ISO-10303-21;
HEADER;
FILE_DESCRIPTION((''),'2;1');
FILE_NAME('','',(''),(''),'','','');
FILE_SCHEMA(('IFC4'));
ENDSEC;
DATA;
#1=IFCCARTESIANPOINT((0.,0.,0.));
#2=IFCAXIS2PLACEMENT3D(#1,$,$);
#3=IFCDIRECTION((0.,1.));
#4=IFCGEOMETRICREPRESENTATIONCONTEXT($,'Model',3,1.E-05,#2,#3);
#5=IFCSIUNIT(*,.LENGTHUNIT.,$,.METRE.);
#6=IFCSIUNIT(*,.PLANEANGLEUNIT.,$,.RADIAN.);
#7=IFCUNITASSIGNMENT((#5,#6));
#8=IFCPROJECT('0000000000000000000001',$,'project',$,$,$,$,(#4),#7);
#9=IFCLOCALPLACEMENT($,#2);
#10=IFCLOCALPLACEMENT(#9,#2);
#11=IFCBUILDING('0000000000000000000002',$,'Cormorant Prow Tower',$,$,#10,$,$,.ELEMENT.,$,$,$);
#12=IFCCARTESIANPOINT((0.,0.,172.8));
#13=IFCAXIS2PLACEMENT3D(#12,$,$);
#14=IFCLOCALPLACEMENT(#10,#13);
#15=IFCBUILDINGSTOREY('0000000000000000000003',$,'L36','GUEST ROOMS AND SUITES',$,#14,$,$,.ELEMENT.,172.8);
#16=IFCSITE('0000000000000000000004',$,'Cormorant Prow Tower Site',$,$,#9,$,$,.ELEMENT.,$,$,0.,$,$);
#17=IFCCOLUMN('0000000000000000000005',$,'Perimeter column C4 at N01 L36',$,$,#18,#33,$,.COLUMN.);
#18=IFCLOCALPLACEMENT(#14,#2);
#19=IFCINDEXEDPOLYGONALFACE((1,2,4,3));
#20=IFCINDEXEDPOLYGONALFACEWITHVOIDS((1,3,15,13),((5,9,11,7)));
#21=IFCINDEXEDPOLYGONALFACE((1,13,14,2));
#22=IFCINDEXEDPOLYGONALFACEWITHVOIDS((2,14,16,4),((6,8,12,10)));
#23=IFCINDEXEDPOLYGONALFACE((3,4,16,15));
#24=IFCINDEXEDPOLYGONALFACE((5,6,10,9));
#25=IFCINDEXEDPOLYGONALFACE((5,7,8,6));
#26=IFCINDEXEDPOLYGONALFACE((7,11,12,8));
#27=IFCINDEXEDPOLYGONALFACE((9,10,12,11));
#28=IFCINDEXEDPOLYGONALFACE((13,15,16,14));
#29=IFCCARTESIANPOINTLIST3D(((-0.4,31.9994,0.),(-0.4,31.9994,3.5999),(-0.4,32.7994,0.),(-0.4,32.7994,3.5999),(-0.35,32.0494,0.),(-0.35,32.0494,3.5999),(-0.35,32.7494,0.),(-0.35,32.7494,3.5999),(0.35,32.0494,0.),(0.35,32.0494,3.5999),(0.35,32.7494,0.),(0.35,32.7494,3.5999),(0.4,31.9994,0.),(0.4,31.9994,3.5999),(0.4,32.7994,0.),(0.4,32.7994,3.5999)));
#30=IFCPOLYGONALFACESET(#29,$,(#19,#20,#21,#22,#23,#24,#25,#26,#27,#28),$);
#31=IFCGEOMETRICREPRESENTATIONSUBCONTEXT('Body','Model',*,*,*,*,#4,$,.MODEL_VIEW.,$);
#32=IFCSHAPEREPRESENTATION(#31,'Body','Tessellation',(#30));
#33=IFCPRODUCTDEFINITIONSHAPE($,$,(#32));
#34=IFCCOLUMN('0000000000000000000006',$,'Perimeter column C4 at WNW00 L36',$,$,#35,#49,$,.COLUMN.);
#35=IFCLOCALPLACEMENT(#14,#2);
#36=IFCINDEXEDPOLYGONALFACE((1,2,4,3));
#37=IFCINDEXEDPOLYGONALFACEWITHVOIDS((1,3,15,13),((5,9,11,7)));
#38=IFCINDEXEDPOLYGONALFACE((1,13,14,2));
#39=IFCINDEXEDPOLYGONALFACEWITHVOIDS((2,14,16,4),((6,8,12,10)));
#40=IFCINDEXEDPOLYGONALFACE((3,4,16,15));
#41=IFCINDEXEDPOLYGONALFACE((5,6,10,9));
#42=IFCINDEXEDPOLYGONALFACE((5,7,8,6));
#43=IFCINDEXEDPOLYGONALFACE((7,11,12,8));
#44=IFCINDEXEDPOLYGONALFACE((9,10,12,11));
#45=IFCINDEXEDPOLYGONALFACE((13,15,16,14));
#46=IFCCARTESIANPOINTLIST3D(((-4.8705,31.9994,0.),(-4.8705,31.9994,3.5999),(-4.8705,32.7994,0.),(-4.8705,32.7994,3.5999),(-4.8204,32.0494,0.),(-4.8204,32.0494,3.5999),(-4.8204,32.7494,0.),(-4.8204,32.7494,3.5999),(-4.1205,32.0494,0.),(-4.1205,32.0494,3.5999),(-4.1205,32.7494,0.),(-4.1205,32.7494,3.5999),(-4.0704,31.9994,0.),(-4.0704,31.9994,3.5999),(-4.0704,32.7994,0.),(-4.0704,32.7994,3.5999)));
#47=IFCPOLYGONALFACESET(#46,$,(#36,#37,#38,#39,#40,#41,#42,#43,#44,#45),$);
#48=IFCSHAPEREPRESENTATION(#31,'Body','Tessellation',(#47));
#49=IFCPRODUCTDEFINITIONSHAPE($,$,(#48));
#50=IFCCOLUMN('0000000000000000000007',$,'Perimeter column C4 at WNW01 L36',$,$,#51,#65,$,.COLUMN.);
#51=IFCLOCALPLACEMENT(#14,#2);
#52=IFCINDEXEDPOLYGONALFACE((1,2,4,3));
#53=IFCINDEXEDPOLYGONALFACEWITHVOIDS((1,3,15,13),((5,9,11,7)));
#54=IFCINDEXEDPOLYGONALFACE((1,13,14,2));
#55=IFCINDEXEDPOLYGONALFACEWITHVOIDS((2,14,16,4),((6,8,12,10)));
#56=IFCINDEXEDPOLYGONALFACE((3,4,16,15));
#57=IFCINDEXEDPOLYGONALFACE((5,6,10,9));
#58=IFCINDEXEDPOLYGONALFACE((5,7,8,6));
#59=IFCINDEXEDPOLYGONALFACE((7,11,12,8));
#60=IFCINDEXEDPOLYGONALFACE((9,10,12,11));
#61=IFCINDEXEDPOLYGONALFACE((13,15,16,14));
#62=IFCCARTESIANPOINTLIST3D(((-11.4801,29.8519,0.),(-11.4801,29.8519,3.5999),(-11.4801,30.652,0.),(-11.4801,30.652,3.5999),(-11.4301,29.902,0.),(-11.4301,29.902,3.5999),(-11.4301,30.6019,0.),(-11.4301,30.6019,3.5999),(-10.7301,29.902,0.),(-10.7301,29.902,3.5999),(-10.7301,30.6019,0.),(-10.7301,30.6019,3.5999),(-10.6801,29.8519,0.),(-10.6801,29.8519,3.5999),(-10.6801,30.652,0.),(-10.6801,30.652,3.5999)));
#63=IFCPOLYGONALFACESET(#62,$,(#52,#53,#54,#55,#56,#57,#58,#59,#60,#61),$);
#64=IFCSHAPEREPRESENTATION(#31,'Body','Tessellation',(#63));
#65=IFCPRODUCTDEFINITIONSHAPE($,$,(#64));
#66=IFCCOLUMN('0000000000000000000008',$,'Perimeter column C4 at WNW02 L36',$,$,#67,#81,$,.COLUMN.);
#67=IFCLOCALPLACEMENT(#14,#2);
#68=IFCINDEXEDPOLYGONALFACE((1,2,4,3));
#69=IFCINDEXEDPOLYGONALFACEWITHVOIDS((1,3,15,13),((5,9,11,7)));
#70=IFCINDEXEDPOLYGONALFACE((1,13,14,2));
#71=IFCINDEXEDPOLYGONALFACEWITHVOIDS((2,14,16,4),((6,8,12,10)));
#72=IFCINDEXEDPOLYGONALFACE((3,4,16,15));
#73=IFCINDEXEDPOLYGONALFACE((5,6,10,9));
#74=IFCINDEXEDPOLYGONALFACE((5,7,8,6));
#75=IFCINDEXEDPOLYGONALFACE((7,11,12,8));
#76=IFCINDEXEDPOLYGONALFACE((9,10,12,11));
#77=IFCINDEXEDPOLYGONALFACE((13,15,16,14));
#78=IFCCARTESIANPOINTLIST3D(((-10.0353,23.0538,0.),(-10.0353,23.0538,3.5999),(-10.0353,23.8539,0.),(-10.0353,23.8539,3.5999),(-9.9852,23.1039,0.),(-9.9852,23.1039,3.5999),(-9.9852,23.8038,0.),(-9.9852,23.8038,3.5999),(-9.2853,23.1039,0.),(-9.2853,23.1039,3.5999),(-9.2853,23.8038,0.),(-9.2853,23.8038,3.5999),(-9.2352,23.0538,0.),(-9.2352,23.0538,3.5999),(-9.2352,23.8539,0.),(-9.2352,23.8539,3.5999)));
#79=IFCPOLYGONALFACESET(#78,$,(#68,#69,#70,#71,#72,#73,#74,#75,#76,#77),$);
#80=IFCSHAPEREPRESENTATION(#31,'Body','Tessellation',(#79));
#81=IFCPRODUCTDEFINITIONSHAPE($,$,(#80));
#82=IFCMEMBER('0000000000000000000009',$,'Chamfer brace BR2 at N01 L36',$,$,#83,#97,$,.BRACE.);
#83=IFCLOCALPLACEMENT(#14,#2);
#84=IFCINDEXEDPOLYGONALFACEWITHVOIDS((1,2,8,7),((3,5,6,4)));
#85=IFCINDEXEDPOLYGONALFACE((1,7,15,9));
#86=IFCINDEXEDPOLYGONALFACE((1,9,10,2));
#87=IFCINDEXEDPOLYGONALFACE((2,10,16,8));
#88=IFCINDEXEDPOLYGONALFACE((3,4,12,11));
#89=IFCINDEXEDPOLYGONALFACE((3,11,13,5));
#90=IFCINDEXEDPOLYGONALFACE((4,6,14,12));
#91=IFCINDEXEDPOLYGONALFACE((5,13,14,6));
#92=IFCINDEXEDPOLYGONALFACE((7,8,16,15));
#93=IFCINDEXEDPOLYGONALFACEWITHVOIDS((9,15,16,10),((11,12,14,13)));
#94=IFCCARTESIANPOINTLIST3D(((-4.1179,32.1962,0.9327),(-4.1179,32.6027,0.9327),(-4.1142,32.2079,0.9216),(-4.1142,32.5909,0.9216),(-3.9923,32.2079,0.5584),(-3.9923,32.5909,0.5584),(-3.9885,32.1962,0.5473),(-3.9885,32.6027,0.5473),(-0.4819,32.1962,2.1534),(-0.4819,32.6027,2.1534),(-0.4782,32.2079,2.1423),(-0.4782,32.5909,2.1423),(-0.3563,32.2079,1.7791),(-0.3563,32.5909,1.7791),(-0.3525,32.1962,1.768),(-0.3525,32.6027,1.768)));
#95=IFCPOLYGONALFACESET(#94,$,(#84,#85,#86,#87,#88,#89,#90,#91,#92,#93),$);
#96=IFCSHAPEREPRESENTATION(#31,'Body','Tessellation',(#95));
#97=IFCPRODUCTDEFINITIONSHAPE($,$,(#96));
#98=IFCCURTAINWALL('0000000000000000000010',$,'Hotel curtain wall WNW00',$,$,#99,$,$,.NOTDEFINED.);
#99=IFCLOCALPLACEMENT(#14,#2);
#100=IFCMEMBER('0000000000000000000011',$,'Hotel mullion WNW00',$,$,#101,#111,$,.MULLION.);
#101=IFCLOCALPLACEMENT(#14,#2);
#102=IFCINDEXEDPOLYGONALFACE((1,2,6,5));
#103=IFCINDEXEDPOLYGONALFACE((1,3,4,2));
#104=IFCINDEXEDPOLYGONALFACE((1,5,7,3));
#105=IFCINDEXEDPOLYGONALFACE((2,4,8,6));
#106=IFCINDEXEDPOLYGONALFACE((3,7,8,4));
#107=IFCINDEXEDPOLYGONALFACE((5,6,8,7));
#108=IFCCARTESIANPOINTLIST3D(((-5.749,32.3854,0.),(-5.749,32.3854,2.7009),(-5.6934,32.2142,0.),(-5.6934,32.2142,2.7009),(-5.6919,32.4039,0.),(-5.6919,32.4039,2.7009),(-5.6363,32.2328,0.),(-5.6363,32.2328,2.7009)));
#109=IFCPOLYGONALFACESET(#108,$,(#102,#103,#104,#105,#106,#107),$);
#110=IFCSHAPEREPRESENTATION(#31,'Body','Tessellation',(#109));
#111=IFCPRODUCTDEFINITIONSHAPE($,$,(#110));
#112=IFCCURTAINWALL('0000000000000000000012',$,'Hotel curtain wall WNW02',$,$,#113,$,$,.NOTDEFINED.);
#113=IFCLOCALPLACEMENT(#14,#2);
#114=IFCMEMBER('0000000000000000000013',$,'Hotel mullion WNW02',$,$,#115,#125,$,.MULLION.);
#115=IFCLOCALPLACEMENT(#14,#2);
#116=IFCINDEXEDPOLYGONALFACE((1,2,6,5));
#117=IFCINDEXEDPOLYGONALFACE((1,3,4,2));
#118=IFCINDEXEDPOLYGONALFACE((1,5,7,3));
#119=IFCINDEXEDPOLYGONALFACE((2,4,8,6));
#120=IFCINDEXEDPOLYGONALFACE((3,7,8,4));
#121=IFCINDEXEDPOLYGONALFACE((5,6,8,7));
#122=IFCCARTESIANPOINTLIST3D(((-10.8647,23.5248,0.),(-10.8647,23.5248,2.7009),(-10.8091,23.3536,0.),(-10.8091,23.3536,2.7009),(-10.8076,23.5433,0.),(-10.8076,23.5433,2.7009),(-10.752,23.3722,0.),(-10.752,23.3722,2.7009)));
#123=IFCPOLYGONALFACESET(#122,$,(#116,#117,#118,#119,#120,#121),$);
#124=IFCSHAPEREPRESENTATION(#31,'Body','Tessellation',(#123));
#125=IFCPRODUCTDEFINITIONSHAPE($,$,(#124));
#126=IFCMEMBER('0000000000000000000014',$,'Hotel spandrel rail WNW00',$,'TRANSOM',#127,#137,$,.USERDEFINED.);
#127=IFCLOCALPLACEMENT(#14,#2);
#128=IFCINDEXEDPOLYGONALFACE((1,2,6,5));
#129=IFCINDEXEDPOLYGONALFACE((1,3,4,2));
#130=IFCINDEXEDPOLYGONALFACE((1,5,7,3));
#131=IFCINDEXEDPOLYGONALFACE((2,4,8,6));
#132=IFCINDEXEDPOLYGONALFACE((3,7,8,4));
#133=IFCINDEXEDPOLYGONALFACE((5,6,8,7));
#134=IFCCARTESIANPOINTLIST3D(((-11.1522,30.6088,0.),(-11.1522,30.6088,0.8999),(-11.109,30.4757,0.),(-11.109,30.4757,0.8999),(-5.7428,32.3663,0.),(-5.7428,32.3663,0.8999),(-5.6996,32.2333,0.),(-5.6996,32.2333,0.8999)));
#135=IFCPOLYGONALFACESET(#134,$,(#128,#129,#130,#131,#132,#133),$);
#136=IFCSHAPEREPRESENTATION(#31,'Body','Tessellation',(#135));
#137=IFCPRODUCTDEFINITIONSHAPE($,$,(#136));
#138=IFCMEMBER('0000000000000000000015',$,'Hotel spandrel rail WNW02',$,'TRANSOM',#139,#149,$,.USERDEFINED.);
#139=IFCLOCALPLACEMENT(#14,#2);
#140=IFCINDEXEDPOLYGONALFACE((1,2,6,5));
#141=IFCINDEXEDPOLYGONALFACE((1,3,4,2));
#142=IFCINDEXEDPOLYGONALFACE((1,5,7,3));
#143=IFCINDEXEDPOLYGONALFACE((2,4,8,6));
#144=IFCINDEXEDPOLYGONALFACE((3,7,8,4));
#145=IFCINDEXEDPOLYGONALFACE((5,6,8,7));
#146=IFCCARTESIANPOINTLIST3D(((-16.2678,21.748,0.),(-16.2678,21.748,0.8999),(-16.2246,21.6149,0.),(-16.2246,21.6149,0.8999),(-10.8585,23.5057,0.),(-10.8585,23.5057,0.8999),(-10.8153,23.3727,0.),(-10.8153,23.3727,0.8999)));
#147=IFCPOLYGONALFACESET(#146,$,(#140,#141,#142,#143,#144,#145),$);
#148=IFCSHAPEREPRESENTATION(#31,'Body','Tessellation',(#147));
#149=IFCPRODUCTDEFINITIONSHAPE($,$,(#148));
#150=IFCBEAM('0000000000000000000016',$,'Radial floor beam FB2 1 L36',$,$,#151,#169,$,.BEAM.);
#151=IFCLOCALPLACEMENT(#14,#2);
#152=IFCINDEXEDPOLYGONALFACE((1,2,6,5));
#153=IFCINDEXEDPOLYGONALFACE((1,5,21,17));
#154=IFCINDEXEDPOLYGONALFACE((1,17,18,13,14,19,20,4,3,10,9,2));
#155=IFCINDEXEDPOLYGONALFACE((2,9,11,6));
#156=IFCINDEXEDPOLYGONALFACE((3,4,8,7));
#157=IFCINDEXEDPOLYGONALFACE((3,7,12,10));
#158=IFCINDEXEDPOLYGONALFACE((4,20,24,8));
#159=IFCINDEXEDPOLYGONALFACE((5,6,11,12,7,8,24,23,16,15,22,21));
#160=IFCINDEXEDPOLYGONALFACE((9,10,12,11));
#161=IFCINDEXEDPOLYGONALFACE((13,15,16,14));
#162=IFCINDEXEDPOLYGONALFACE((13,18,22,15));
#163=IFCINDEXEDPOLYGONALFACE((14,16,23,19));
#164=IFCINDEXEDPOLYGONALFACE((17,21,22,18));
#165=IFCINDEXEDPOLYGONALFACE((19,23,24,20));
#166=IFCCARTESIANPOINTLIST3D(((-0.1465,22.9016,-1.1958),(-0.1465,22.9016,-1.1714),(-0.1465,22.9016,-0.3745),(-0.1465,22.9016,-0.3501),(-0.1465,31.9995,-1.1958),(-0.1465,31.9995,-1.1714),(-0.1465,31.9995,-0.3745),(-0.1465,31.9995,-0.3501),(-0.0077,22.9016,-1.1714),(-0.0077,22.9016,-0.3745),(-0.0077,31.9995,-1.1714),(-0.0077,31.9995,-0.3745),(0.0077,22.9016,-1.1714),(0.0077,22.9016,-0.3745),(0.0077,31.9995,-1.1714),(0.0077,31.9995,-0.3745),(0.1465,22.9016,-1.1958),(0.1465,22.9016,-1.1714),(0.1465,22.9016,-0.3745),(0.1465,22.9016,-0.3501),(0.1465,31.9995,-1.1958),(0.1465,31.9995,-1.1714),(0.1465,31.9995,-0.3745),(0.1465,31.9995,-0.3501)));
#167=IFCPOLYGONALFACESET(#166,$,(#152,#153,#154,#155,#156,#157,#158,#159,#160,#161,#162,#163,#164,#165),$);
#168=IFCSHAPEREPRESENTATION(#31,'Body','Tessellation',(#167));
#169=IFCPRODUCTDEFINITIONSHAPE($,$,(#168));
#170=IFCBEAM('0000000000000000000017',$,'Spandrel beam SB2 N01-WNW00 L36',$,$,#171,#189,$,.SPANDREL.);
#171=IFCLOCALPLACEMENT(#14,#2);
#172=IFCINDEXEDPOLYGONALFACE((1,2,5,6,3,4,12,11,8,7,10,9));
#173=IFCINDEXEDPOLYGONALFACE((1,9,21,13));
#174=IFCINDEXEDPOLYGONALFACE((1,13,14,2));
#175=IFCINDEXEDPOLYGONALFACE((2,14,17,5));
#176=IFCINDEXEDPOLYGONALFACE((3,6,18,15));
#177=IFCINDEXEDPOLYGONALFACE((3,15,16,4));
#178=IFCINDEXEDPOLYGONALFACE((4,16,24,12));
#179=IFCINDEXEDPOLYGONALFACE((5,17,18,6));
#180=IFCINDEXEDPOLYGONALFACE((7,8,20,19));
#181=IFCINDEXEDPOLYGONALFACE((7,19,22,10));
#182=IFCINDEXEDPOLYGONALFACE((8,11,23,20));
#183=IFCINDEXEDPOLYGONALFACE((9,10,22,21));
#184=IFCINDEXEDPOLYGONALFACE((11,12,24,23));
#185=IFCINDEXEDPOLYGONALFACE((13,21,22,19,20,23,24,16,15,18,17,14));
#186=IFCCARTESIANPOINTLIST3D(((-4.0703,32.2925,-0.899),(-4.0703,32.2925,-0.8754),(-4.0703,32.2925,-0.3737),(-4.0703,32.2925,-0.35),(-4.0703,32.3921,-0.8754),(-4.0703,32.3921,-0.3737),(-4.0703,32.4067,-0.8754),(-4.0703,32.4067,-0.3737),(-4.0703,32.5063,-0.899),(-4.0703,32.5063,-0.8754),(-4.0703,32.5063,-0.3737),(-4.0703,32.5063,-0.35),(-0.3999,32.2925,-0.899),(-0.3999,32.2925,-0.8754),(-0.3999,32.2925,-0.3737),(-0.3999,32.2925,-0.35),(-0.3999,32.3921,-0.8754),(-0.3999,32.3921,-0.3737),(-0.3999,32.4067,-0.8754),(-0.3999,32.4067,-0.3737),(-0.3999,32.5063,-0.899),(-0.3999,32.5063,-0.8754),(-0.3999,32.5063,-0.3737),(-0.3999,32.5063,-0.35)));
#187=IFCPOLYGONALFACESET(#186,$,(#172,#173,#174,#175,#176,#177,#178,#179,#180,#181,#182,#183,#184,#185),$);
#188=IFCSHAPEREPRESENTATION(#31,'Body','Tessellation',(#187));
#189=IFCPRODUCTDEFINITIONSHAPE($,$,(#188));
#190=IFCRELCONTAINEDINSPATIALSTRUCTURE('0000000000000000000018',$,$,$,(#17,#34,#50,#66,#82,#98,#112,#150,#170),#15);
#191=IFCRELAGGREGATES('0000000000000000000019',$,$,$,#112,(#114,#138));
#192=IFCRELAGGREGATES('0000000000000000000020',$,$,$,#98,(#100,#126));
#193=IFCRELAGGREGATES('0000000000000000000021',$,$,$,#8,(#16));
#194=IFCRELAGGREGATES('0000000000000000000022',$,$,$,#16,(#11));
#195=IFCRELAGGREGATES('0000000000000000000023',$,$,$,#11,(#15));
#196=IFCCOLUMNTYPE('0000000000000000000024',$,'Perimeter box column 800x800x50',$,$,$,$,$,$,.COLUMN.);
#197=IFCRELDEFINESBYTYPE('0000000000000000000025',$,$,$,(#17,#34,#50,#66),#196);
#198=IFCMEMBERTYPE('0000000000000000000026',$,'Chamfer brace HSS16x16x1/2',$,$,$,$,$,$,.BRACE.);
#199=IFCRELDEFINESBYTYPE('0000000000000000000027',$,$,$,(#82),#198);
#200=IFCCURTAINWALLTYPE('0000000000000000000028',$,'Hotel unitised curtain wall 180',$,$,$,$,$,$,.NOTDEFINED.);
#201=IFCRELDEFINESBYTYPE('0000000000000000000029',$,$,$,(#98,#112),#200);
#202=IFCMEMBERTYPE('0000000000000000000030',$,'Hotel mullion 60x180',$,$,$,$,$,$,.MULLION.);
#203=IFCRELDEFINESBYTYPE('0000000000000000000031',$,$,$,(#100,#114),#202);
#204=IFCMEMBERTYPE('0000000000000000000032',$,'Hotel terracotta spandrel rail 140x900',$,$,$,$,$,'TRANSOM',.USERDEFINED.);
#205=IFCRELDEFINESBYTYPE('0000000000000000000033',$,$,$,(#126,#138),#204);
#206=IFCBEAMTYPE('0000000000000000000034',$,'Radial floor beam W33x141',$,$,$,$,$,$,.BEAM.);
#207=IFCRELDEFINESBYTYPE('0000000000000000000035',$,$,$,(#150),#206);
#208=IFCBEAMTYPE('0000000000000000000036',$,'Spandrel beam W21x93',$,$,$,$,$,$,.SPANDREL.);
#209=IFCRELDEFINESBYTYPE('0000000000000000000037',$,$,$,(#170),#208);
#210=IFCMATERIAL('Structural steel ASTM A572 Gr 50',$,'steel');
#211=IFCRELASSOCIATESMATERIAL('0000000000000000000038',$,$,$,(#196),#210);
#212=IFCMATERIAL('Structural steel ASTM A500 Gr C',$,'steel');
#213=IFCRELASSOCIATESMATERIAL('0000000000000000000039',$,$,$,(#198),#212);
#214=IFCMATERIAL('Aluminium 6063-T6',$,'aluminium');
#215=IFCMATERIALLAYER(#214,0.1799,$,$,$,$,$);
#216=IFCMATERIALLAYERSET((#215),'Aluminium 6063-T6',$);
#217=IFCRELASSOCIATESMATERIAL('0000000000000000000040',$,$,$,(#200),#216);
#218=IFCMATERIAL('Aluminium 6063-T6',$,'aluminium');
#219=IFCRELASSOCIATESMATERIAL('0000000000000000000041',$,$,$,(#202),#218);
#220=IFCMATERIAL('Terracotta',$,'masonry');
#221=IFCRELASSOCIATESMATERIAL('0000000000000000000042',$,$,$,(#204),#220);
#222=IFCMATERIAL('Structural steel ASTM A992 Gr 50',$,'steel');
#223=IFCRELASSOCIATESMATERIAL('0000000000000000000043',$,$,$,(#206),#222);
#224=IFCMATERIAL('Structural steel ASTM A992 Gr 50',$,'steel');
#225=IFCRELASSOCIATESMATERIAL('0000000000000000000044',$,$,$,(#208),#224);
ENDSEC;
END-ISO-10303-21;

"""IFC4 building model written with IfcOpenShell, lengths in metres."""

from ifc_helpers import new_model, si_unit, direction, frame, origin, origin_2d, place, context, subcontext, project, spatial, rectangle, hollow_rectangle, i_section, extrude, material, layer, layer_set, material_profile, profile_set, type_object, element, aggregate, save


model = new_model("IFC4")

# Units and contexts
model_context = context("Model", 3, precision=1e-05, world=origin(), true_north=direction((0.0, 1.0)))
body_context = subcontext(model_context, "Body", "Model", "MODEL_VIEW")
ifc_project = project(units=[si_unit("LENGTHUNIT", "METRE"), si_unit("PLANEANGLEUNIT", "RADIAN")], contexts=[model_context])

# Site, building, storey
site_placement = place(None, origin())
site = spatial("IfcSite", under=ifc_project, at=site_placement, Name="Cormorant Prow Tower Site", CompositionType="ELEMENT", RefElevation=0.0)
building_placement = place(site_placement, origin())
building = spatial("IfcBuilding", under=site, at=building_placement, Name="Cormorant Prow Tower", CompositionType="ELEMENT")
storey_placement = place(building_placement, frame((0.0, 0.0, 172.8)))
storey = spatial("IfcBuildingStorey", under=building, at=storey_placement, Name="L36", Description="GUEST ROOMS AND SUITES", CompositionType="ELEMENT", Elevation=172.8)

# Columns
ifc_material_1 = material(Name="Structural steel ASTM A572 Gr 50", Category="steel")
ifc_material_profile_1 = material_profile(ifc_material_1, hollow_rectangle(XDim=0.8, YDim=0.8, WallThickness=0.05, at=origin_2d()), Name="Box 800x800x50")
ifc_profile_set_1 = profile_set([ifc_material_profile_1], Name="Structural steel ASTM A572 Gr 50")
column_type = type_object("IfcColumnType", Name="Perimeter box column 800x800x50", PredefinedType="COLUMN", material=ifc_profile_set_1)
for number, where, z_axis, x_axis, name in (
    (1, (0.0, 32.3994, 0.0), (0.0, 0.0, 1.0), (1.0, 0.0, 0.0), "Perimeter column C4 at N01 L36"),
    (2, (-4.4705, 32.3994, 0.0), (0.0, 0.0, 1.0), (1.0, 0.0, 0.0), "Perimeter column C4 at WNW00 L36"),
    (3, (-11.0801, 30.252, 0.0), (0.0, 0.0, 1.0), (1.0, 0.0, 0.0), "Perimeter column C4 at WNW01 L36"),
    (4, (-9.6353, 23.4539, 0.0), (0.0, 0.0, 1.0), (1.0, 0.0, 0.0), "Perimeter column C4 at WNW02 L36"),
):
    element("IfcColumn", number, at=place(storey_placement, frame(where, z_axis=z_axis, x_axis=x_axis)), inside=storey, type_object=column_type, Name=name, PredefinedType="COLUMN", context=body_context, shape_type="SweptSolid", body=[
        extrude(hollow_rectangle(XDim=0.8, YDim=0.8, WallThickness=0.05, at=origin_2d()), origin(), (0.0, 0.0, 1.0), 3.5999),
    ])

# Member
ifc_material_2 = material(Name="Structural steel ASTM A500 Gr C", Category="steel")
ifc_material_profile_2 = material_profile(ifc_material_2, hollow_rectangle(XDim=0.4065, YDim=0.4065, WallThickness=0.0117, at=origin_2d()), Name="HSS16x16x1/2")
ifc_profile_set_2 = profile_set([ifc_material_profile_2], Name="Structural steel ASTM A500 Gr C")
member_type_1 = type_object("IfcMemberType", Name="Chamfer brace HSS16x16x1/2", PredefinedType="BRACE", material=ifc_profile_set_2)
member_1_placement = place(storey_placement, frame((-4.0532, 32.3994, 0.74), z_axis=(0.948, 0.0, 0.31827), x_axis=(0.0, 1.0, 0.0)))
element("IfcMember", 5, at=member_1_placement, inside=storey, type_object=member_type_1, Name="Chamfer brace BR2 at N01 L36", PredefinedType="BRACE", context=body_context, shape_type="SweptSolid", body=[
    extrude(hollow_rectangle(XDim=0.4065, YDim=0.4065, WallThickness=0.0117, at=origin_2d()), origin(), (0.0, 0.0, 1.0), 3.8354),
])

# Curtain walls, members
ifc_material_3 = material(Name="Aluminium 6063-T6", Category="aluminium")
ifc_layer_1 = layer(ifc_material_3, 0.1799)
ifc_layer_set_1 = layer_set([ifc_layer_1], Name="Aluminium 6063-T6")
curtain_wall_type = type_object("IfcCurtainWallType", Name="Hotel unitised curtain wall 180", PredefinedType="NOTDEFINED", material=ifc_layer_set_1)
curtain_wall_1_placement = place(storey_placement, origin())
curtain_wall_1 = element("IfcCurtainWall", 6, at=curtain_wall_1_placement, inside=storey, type_object=curtain_wall_type, Name="Hotel curtain wall WNW00", PredefinedType="NOTDEFINED")
ifc_material_4 = material(Name="Aluminium 6063-T6", Category="aluminium")
ifc_material_profile_3 = material_profile(ifc_material_4, rectangle(XDim=0.1799, YDim=0.0601, at=origin_2d()), Name="Hotel mullion 60x180")
ifc_profile_set_3 = profile_set([ifc_material_profile_3], Name="Aluminium 6063-T6")
member_type_2 = type_object("IfcMemberType", Name="Hotel mullion 60x180", PredefinedType="MULLION", material=ifc_profile_set_3)
member_2_placement = place(storey_placement, frame((-5.6926, 32.3091, 0.0), z_axis=(0.0, 0.0, 1.0), x_axis=(0.309017, -0.951056, 0.0)))
member_2 = element("IfcMember", 7, at=member_2_placement, type_object=member_type_2, Name="Hotel mullion WNW00", PredefinedType="MULLION", context=body_context, shape_type="SweptSolid", body=[
    extrude(rectangle(XDim=0.1799, YDim=0.0601, at=origin_2d()), origin(), (0.0, 0.0, 1.0), 2.7009),
])
curtain_wall_2_placement = place(storey_placement, origin())
curtain_wall_2 = element("IfcCurtainWall", 8, at=curtain_wall_2_placement, inside=storey, type_object=curtain_wall_type, Name="Hotel curtain wall WNW02", PredefinedType="NOTDEFINED")
member_3_placement = place(storey_placement, frame((-10.8083, 23.4485, 0.0), z_axis=(0.0, 0.0, 1.0), x_axis=(0.309017, -0.951056, 0.0)))
member_3 = element("IfcMember", 9, at=member_3_placement, type_object=member_type_2, Name="Hotel mullion WNW02", PredefinedType="MULLION", context=body_context, shape_type="SweptSolid", body=[
    extrude(rectangle(XDim=0.1799, YDim=0.0601, at=origin_2d()), origin(), (0.0, 0.0, 1.0), 2.7009),
])

# Members
ifc_material_5 = material(Name="Terracotta", Category="masonry")
ifc_material_profile_4 = material_profile(ifc_material_5, rectangle(XDim=0.1399, YDim=0.8999, at=origin_2d()), Name="Hotel terracotta spandrel rail 140x900")
ifc_profile_set_4 = profile_set([ifc_material_profile_4], Name="Terracotta")
member_type_3 = type_object("IfcMemberType", Name="Hotel terracotta spandrel rail 140x900", ElementType="TRANSOM", PredefinedType="USERDEFINED", material=ifc_profile_set_4)
member_4_placement = place(storey_placement, frame((-5.7212, 32.2998, 0.45), z_axis=(-0.95106, -0.309007, 0.0), x_axis=(0.309007, -0.95106, 0.0)))
member_4 = element("IfcMember", 10, at=member_4_placement, type_object=member_type_3, Name="Hotel spandrel rail WNW00", ObjectType="TRANSOM", PredefinedType="USERDEFINED", context=body_context, shape_type="SweptSolid", body=[
    extrude(rectangle(XDim=0.1399, YDim=0.8999, at=origin_2d()), origin(), (0.0, 0.0, 1.0), 5.6877),
])
member_5_placement = place(storey_placement, frame((-10.8369, 23.4392, 0.45), z_axis=(-0.951047, -0.309046, 0.0), x_axis=(0.309046, -0.951047, 0.0)))
member_5 = element("IfcMember", 11, at=member_5_placement, type_object=member_type_3, Name="Hotel spandrel rail WNW02", ObjectType="TRANSOM", PredefinedType="USERDEFINED", context=body_context, shape_type="SweptSolid", body=[
    extrude(rectangle(XDim=0.1399, YDim=0.8999, at=origin_2d()), origin(), (0.0, 0.0, 1.0), 5.6877),
])
aggregate(curtain_wall_2, [member_3, member_5])

# Beams
ifc_material_6 = material(Name="Structural steel ASTM A992 Gr 50", Category="steel")
ifc_material_profile_5 = material_profile(ifc_material_6, i_section(OverallWidth=0.293, OverallDepth=0.8457, WebThickness=0.0154, FlangeThickness=0.0244, at=origin_2d()), Name="W33x141")
ifc_profile_set_5 = profile_set([ifc_material_profile_5], Name="Structural steel ASTM A992 Gr 50")
beam_type_1 = type_object("IfcBeamType", Name="Radial floor beam W33x141", PredefinedType="BEAM", material=ifc_profile_set_5)
beam_1_placement = place(storey_placement, frame((0.0, 22.9016, -0.7729), z_axis=(0.0, 1.0, 0.0), x_axis=(-1.0, 0.0, 0.0)))
element("IfcBeam", 12, at=beam_1_placement, inside=storey, type_object=beam_type_1, Name="Radial floor beam FB2 1 L36", PredefinedType="BEAM", context=body_context, shape_type="SweptSolid", body=[
    extrude(i_section(OverallWidth=0.293, OverallDepth=0.8457, WebThickness=0.0154, FlangeThickness=0.0244, at=origin_2d()), origin(), (0.0, 0.0, 1.0), 9.0979),
])
ifc_material_7 = material(Name="Structural steel ASTM A992 Gr 50", Category="steel")
ifc_material_profile_6 = material_profile(ifc_material_7, i_section(OverallWidth=0.2139, OverallDepth=0.5491, WebThickness=0.0146, FlangeThickness=0.0237, at=origin_2d()), Name="W21x93")
ifc_profile_set_6 = profile_set([ifc_material_profile_6], Name="Structural steel ASTM A992 Gr 50")
beam_type_2 = type_object("IfcBeamType", Name="Spandrel beam W21x93", PredefinedType="SPANDREL", material=ifc_profile_set_6)
beam_2_placement = place(storey_placement, frame((-0.3999, 32.3994, -0.6245), z_axis=(-1.0, 0.0, 0.0), x_axis=(0.0, -1.0, 0.0)))
element("IfcBeam", 13, at=beam_2_placement, inside=storey, type_object=beam_type_2, Name="Spandrel beam SB2 N01-WNW00 L36", PredefinedType="SPANDREL", context=body_context, shape_type="SweptSolid", body=[
    extrude(i_section(OverallWidth=0.2139, OverallDepth=0.5491, WebThickness=0.0146, FlangeThickness=0.0237, at=origin_2d()), origin(), (0.0, 0.0, 1.0), 3.6704),
])

aggregate(curtain_wall_1, [member_2, member_4])

save(model, "model.ifc")
